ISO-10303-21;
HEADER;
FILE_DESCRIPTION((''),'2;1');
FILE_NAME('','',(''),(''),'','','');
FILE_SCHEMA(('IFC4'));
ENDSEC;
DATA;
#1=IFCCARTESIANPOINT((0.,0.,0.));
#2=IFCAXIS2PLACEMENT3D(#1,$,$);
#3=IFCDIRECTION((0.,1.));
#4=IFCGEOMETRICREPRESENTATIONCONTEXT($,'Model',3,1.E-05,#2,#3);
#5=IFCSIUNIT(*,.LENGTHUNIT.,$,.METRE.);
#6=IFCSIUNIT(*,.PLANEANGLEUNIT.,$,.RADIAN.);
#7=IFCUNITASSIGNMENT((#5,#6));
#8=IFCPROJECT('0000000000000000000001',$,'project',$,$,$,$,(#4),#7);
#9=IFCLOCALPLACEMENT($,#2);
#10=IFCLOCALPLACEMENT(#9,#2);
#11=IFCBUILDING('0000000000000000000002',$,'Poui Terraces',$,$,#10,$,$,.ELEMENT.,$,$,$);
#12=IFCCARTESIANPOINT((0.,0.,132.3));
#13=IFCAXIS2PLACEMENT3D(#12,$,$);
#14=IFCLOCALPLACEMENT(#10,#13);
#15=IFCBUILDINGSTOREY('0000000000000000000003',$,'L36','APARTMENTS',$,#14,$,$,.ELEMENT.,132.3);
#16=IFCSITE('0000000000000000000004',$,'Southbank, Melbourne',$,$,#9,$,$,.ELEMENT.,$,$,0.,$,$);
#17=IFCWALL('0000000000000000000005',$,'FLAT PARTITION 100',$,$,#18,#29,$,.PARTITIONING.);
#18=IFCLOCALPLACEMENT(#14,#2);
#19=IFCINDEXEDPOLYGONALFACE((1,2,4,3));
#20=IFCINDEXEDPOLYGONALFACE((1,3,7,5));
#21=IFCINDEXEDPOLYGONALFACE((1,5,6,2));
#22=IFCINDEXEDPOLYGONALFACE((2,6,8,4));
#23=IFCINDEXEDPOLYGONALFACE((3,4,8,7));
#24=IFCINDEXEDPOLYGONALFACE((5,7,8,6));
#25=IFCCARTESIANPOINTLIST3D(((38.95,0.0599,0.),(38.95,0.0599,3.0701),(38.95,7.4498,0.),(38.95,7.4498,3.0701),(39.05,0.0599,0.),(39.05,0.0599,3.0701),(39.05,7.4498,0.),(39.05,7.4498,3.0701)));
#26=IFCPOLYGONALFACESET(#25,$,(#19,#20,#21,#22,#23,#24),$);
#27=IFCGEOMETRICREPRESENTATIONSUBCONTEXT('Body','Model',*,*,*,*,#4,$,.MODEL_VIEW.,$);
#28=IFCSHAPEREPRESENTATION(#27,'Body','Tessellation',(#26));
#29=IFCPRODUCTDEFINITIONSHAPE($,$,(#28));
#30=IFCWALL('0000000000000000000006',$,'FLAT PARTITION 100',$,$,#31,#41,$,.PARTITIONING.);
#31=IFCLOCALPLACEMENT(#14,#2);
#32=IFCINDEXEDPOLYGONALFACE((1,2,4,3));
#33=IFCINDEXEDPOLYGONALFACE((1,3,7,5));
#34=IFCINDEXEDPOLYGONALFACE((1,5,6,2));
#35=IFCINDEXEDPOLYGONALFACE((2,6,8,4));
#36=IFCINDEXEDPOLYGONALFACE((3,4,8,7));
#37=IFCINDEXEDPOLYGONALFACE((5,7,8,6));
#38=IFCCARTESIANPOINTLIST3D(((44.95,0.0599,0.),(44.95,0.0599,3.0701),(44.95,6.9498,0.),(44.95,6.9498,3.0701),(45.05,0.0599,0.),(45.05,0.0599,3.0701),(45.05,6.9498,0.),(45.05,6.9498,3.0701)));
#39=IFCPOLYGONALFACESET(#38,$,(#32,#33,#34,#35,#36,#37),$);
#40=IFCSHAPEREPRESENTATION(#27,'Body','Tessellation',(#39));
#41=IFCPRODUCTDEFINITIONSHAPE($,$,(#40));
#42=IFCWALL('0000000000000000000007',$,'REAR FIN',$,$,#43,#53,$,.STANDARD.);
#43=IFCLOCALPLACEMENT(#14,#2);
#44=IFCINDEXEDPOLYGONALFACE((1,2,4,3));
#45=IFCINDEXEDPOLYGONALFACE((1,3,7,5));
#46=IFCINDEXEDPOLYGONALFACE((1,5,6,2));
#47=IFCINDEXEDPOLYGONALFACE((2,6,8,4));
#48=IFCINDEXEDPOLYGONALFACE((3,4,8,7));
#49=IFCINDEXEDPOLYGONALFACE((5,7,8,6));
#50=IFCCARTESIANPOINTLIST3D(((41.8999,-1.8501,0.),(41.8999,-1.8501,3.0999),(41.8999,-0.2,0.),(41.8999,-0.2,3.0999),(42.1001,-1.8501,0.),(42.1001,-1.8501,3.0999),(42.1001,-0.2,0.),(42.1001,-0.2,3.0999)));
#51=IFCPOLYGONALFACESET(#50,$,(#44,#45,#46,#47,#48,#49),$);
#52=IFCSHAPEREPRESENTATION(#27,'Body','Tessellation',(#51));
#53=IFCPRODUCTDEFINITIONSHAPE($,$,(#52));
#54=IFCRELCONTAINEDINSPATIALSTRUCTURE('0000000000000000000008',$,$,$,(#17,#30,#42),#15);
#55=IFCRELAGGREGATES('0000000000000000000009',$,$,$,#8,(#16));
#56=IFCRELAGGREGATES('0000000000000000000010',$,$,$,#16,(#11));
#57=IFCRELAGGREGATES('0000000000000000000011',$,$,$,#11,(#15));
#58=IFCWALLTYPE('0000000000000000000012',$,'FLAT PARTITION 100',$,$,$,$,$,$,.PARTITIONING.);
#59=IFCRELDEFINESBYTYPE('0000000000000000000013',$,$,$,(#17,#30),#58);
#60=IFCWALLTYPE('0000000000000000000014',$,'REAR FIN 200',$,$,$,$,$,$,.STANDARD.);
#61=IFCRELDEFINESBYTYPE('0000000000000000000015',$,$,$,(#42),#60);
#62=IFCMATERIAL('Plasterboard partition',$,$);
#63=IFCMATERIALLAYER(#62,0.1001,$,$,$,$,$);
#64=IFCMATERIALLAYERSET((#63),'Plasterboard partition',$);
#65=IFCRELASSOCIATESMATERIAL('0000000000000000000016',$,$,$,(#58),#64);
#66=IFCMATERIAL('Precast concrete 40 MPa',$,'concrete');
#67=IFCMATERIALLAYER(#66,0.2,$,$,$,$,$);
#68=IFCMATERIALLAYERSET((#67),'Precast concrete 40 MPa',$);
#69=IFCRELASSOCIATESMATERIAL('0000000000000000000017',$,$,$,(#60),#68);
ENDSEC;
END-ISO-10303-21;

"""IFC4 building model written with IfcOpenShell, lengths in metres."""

from ifc_helpers import new_model, si_unit, direction, frame, frame_2d, origin, place, context, subcontext, project, spatial, polyline, rectangle, outline, extrude, source, transform, mapped, material, layer, layer_set, type_object, element, save


model = new_model("IFC4")

# Units and contexts
model_context = context("Model", 3, precision=1e-05, world=origin(), true_north=direction((0.0, 1.0)))
body_context = subcontext(model_context, "Body", "Model", "MODEL_VIEW")
ifc_project = project(units=[si_unit("LENGTHUNIT", "METRE"), si_unit("PLANEANGLEUNIT", "RADIAN")], contexts=[model_context])

# Site, building, storey
site_placement = place(None, origin())
site = spatial("IfcSite", under=ifc_project, at=site_placement, Name="Southbank, Melbourne", CompositionType="ELEMENT", RefElevation=0.0)
building_placement = place(site_placement, origin())
building = spatial("IfcBuilding", under=site, at=building_placement, Name="Poui Terraces", CompositionType="ELEMENT")
storey_placement = place(building_placement, frame((0.0, 0.0, 132.3)))
storey = spatial("IfcBuildingStorey", under=building, at=storey_placement, Name="L36", Description="APARTMENTS", CompositionType="ELEMENT", Elevation=132.3)

# Shared definitions
ifc_material_1 = material(Name="Plasterboard partition")
ifc_layer_1 = layer(ifc_material_1, 0.1001)
ifc_layer_set_1 = layer_set([ifc_layer_1], Name="Plasterboard partition")
wall_type_1 = type_object("IfcWallType", Name="FLAT PARTITION 100", PredefinedType="PARTITIONING", material=ifc_layer_set_1)

# Walls
wall_1_placement = place(storey_placement, frame((39.0, 0.0601, 0.0), z_axis=(0.0, 0.0, 1.0), x_axis=(0.0, 1.0, 0.0)))
element("IfcWall", 1, at=wall_1_placement, inside=storey, type_object=wall_type_1, Name="FLAT PARTITION 100", PredefinedType="PARTITIONING", context=body_context, shape_type="SweptSolid", body=[
    extrude(rectangle(XDim=7.3899, YDim=0.1001, at=frame_2d((3.6948, 0.0))), origin(), (0.0, 0.0, 1.0), 3.0701),
])
wall_2_placement = place(storey_placement, frame((45.0, 0.0601, 0.0), z_axis=(0.0, 0.0, 1.0), x_axis=(0.0, 1.0, 0.0)))
element("IfcWall", 2, at=wall_2_placement, inside=storey, type_object=wall_type_1, Name="FLAT PARTITION 100", PredefinedType="PARTITIONING", context=body_context, shape_type="SweptSolid", body=[
    extrude(rectangle(XDim=6.8899, YDim=0.1001, at=frame_2d((3.4448, 0.0))), origin(), (0.0, 0.0, 1.0), 3.0701),
])
ifc_material_2 = material(Name="Precast concrete 40 MPa", Category="concrete")
ifc_layer_2 = layer(ifc_material_2, 0.2)
ifc_layer_set_2 = layer_set([ifc_layer_2], Name="Precast concrete 40 MPa")
wall_type_2 = type_object("IfcWallType", Name="REAR FIN 200", PredefinedType="STANDARD", material=ifc_layer_set_2)
shared_shape_1 = source(origin(), body_context, "Body", "SweptSolid", [
    extrude(outline(polyline([(0.0, 0.0), (0.2002, 0.0), (0.2002, 1.6501), (0.0, 1.6501), (0.0, 0.0)])), origin(), (0.0, 0.0, 1.0), 3.0999),
])
wall_3_placement = place(storey_placement, frame((41.8999, -1.8501, 0.0)))
element("IfcWall", 3, at=wall_3_placement, inside=storey, type_object=wall_type_2, Name="REAR FIN", PredefinedType="STANDARD", context=body_context, shape_type="MappedRepresentation", body=[
    mapped(shared_shape_1, transform((0.0, 0.0, 0.0))),
])

save(model, "model.ifc")
